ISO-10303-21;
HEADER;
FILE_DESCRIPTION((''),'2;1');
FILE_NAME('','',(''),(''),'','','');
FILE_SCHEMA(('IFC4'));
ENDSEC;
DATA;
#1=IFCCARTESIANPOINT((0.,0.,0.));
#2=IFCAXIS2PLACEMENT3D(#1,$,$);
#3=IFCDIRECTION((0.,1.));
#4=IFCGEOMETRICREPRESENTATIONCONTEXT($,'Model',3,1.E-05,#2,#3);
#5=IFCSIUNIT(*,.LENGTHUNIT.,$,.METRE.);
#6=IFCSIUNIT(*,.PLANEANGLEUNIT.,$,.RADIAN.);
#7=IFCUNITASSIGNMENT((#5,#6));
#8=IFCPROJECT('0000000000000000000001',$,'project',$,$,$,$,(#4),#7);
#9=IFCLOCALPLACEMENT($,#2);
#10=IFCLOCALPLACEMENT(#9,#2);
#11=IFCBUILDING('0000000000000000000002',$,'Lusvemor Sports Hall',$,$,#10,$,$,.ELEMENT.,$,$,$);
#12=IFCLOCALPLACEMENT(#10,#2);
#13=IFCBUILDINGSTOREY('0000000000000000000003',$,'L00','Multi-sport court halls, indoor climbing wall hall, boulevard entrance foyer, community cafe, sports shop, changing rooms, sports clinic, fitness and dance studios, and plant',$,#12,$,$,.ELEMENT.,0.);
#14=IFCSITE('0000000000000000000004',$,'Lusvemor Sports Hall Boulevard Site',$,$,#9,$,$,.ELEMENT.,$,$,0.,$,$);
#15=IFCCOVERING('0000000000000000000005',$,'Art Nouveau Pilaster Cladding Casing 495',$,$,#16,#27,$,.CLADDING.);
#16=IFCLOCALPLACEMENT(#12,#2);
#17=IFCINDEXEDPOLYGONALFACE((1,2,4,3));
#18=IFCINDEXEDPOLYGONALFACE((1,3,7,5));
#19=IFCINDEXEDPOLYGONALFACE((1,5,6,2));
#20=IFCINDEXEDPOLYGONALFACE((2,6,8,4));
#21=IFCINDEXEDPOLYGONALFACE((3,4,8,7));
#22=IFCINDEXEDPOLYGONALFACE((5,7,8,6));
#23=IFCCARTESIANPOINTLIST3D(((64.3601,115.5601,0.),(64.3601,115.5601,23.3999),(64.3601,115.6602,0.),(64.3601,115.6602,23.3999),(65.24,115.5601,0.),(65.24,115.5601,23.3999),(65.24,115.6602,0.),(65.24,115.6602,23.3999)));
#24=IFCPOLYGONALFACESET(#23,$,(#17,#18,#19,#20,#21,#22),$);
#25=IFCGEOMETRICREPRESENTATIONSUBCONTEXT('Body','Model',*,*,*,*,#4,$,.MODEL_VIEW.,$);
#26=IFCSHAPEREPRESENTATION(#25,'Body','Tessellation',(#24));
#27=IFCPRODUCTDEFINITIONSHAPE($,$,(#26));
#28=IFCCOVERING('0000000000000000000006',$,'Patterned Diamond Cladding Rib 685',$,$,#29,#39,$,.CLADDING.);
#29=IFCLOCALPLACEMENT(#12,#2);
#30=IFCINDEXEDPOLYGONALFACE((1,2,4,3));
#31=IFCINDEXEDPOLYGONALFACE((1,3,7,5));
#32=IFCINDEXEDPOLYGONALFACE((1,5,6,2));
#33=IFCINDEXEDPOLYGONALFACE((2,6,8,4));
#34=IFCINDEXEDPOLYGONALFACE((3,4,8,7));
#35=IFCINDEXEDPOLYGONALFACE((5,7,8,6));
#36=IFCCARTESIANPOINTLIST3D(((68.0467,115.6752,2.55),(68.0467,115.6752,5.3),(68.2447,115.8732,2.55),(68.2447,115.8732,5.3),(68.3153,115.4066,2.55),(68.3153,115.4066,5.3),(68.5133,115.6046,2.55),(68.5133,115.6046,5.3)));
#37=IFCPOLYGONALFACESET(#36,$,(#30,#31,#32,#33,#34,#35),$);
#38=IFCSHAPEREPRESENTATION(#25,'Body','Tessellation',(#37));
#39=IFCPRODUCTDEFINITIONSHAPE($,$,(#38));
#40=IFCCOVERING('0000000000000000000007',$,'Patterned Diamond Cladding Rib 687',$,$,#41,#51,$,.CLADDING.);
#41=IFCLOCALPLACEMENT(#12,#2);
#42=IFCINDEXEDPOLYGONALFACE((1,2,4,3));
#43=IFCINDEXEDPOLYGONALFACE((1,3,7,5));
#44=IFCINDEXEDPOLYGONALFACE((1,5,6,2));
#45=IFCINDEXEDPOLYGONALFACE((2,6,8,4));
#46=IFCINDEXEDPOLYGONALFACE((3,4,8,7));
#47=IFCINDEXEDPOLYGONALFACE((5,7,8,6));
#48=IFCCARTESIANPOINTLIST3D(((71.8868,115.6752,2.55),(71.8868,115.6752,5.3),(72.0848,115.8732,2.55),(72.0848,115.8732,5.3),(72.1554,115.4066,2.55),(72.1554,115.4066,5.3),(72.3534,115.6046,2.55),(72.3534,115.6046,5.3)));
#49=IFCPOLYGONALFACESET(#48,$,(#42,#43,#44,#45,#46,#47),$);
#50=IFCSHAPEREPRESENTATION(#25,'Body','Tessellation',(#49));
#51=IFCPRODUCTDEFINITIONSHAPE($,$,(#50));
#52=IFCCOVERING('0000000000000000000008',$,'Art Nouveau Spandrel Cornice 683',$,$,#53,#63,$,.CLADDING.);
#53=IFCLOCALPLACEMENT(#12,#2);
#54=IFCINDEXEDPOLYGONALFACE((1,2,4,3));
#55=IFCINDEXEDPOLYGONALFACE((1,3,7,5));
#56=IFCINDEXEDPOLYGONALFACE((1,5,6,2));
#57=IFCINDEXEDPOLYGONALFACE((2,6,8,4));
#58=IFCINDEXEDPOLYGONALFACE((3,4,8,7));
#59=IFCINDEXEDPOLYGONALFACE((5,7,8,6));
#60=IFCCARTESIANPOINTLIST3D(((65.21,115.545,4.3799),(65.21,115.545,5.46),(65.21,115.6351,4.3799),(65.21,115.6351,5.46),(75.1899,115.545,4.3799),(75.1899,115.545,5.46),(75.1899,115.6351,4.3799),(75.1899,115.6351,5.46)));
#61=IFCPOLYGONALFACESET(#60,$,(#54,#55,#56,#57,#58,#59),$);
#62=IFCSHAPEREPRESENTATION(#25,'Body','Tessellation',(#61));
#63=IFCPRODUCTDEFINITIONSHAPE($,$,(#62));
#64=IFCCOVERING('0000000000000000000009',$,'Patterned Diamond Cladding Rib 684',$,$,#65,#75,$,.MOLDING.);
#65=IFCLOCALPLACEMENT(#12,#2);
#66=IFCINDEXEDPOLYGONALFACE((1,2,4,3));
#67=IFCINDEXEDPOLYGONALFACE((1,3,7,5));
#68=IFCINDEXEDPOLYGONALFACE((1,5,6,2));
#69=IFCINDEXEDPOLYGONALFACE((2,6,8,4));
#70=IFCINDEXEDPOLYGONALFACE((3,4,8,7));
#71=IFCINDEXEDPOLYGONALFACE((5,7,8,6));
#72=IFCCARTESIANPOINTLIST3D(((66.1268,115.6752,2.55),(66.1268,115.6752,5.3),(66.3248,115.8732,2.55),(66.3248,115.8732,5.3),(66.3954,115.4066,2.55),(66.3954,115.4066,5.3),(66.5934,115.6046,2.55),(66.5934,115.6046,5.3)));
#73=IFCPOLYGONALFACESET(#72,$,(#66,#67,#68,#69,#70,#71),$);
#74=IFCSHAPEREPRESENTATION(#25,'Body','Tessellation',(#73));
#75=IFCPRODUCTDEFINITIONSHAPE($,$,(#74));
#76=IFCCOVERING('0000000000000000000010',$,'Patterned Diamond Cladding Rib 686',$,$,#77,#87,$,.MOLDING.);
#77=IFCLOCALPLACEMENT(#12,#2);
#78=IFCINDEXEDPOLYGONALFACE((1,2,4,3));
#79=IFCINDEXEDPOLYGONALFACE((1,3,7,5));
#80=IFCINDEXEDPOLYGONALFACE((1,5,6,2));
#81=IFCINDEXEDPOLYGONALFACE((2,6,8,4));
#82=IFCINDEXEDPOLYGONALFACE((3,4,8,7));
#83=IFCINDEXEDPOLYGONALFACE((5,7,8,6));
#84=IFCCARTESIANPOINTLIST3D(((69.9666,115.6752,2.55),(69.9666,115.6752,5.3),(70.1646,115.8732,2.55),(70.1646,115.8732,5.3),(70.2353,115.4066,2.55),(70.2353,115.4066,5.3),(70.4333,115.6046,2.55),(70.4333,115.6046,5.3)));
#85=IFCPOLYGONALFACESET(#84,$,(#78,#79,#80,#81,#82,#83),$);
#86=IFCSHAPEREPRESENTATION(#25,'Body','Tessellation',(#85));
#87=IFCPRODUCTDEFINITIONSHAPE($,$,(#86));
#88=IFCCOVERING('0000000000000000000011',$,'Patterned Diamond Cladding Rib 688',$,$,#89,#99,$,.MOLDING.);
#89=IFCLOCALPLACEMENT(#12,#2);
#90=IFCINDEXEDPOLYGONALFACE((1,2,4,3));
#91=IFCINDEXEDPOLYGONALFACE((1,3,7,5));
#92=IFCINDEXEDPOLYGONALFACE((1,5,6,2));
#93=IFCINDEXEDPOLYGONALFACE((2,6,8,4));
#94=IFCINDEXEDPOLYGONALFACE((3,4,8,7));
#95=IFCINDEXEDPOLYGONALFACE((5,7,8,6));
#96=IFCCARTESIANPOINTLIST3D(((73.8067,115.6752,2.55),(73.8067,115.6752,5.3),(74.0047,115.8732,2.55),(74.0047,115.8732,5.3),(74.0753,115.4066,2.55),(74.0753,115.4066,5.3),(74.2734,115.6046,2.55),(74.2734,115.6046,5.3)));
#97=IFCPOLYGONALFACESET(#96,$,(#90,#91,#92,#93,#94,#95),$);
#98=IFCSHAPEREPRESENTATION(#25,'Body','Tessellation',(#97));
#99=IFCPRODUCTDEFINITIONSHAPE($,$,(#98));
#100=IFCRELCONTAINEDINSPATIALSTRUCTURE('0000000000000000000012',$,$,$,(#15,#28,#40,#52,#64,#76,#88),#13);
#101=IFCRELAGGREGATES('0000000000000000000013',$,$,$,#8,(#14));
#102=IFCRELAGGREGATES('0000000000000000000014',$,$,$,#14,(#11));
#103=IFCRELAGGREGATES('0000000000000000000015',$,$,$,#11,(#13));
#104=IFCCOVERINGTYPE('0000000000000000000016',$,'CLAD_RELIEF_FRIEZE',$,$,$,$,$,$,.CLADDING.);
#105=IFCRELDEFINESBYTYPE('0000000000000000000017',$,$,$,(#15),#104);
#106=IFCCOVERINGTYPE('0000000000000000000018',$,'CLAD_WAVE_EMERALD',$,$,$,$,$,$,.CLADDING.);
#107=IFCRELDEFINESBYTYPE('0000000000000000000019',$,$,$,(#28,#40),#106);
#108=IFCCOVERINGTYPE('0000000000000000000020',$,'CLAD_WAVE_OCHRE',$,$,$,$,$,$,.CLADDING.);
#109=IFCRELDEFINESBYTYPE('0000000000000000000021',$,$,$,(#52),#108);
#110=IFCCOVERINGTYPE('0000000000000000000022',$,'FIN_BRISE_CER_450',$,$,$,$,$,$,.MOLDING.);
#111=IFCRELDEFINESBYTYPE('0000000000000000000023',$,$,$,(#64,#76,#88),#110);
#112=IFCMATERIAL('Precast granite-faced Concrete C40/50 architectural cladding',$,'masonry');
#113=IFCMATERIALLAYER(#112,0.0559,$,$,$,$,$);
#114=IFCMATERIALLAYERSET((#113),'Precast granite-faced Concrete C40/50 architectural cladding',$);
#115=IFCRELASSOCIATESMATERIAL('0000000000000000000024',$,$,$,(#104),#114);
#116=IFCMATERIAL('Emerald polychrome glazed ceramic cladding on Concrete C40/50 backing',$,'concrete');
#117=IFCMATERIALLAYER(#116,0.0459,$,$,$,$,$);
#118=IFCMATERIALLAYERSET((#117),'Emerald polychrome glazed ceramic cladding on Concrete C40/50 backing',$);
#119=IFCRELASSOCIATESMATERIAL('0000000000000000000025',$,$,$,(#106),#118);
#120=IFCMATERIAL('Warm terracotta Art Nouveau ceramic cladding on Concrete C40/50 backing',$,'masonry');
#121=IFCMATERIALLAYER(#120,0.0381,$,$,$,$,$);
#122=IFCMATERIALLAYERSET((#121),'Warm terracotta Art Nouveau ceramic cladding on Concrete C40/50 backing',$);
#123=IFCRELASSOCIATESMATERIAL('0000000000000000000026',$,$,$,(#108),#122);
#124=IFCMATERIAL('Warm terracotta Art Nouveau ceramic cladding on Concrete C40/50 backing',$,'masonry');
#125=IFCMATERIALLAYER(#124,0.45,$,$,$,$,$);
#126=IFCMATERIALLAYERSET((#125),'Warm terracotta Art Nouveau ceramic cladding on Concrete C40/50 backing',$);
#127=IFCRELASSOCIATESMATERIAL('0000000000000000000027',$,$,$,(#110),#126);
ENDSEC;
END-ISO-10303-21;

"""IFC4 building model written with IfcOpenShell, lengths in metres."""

from ifc_helpers import new_model, si_unit, direction, frame, origin, origin_2d, place, context, subcontext, project, spatial, rectangle, extrude, material, layer, layer_set, type_object, element, save


model = new_model("IFC4")

# Units and contexts
model_context = context("Model", 3, precision=1e-05, world=origin(), true_north=direction((0.0, 1.0)))
body_context = subcontext(model_context, "Body", "Model", "MODEL_VIEW")
ifc_project = project(units=[si_unit("LENGTHUNIT", "METRE"), si_unit("PLANEANGLEUNIT", "RADIAN")], contexts=[model_context])

# Site, building, storey
site_placement = place(None, origin())
site = spatial("IfcSite", under=ifc_project, at=site_placement, Name="Lusvemor Sports Hall Boulevard Site", CompositionType="ELEMENT", RefElevation=0.0)
building_placement = place(site_placement, origin())
building = spatial("IfcBuilding", under=site, at=building_placement, Name="Lusvemor Sports Hall", CompositionType="ELEMENT")
storey_placement = place(building_placement, origin())
storey = spatial("IfcBuildingStorey", under=building, at=storey_placement, Name="L00", Description="Multi-sport court halls, indoor climbing wall hall, boulevard entrance foyer, community cafe, sports shop, changing rooms, sports clinic, fitness and dance studios, and plant", CompositionType="ELEMENT", Elevation=0.0)

# Coverings
ifc_material_1 = material(Name="Precast granite-faced Concrete C40/50 architectural cladding", Category="masonry")
ifc_layer_1 = layer(ifc_material_1, 0.0559)
ifc_layer_set_1 = layer_set([ifc_layer_1], Name="Precast granite-faced Concrete C40/50 architectural cladding")
covering_type_1 = type_object("IfcCoveringType", Name="CLAD_RELIEF_FRIEZE", PredefinedType="CLADDING", material=ifc_layer_set_1)
covering_1_placement = place(storey_placement, frame((64.8, 115.6101, 0.0), z_axis=(0.0, 0.0, 1.0), x_axis=(1.0, 0.0, 0.0)))
element("IfcCovering", 1, at=covering_1_placement, inside=storey, type_object=covering_type_1, Name="Art Nouveau Pilaster Cladding Casing 495", PredefinedType="CLADDING", context=body_context, shape_type="SweptSolid", body=[
    extrude(rectangle(XDim=0.8799, YDim=0.1001, at=origin_2d()), origin(), (0.0, 0.0, 1.0), 23.3999),
])
ifc_material_2 = material(Name="Emerald polychrome glazed ceramic cladding on Concrete C40/50 backing", Category="concrete")
ifc_layer_2 = layer(ifc_material_2, 0.0459)
ifc_layer_set_2 = layer_set([ifc_layer_2], Name="Emerald polychrome glazed ceramic cladding on Concrete C40/50 backing")
covering_type_2 = type_object("IfcCoveringType", Name="CLAD_WAVE_EMERALD", PredefinedType="CLADDING", material=ifc_layer_set_2)
for number, where, z_axis, x_axis, name in (
    (2, (68.28, 115.6399, 2.55), (0.0, 0.0, 1.0), (0.707107, 0.707107, 0.0), "Patterned Diamond Cladding Rib 685"),
    (3, (72.1201, 115.6399, 2.55), (0.0, 0.0, 1.0), (0.707107, 0.707107, 0.0), "Patterned Diamond Cladding Rib 687"),
):
    element("IfcCovering", number, at=place(storey_placement, frame(where, z_axis=z_axis, x_axis=x_axis)), inside=storey, type_object=covering_type_2, Name=name, PredefinedType="CLADDING", context=body_context, shape_type="SweptSolid", body=[
        extrude(rectangle(XDim=0.28, YDim=0.3799, at=origin_2d()), origin(), (0.0, 0.0, 1.0), 2.75),
    ])
ifc_material_3 = material(Name="Warm terracotta Art Nouveau ceramic cladding on Concrete C40/50 backing", Category="masonry")
ifc_layer_3 = layer(ifc_material_3, 0.0381)
ifc_layer_set_3 = layer_set([ifc_layer_3], Name="Warm terracotta Art Nouveau ceramic cladding on Concrete C40/50 backing")
covering_type_3 = type_object("IfcCoveringType", Name="CLAD_WAVE_OCHRE", PredefinedType="CLADDING", material=ifc_layer_set_3)
covering_2_placement = place(storey_placement, frame((70.2, 115.5901, 4.3799), z_axis=(0.0, 0.0, 1.0), x_axis=(1.0, 0.0, 0.0)))
element("IfcCovering", 4, at=covering_2_placement, inside=storey, type_object=covering_type_3, Name="Art Nouveau Spandrel Cornice 683", PredefinedType="CLADDING", context=body_context, shape_type="SweptSolid", body=[
    extrude(rectangle(XDim=9.98, YDim=0.0901, at=origin_2d()), origin(), (0.0, 0.0, 1.0), 1.0801),
])
ifc_material_4 = material(Name="Warm terracotta Art Nouveau ceramic cladding on Concrete C40/50 backing", Category="masonry")
ifc_layer_4 = layer(ifc_material_4, 0.45)
ifc_layer_set_4 = layer_set([ifc_layer_4], Name="Warm terracotta Art Nouveau ceramic cladding on Concrete C40/50 backing")
covering_type_4 = type_object("IfcCoveringType", Name="FIN_BRISE_CER_450", PredefinedType="MOLDING", material=ifc_layer_set_4)
for number, where, z_axis, x_axis, name in (
    (5, (66.3601, 115.6399, 2.55), (0.0, 0.0, 1.0), (0.707107, 0.707107, 0.0), "Patterned Diamond Cladding Rib 684"),
    (6, (70.2, 115.6399, 2.55), (0.0, 0.0, 1.0), (0.707107, 0.707107, 0.0), "Patterned Diamond Cladding Rib 686"),
    (7, (74.04, 115.6399, 2.55), (0.0, 0.0, 1.0), (0.707107, 0.707107, 0.0), "Patterned Diamond Cladding Rib 688"),
):
    element("IfcCovering", number, at=place(storey_placement, frame(where, z_axis=z_axis, x_axis=x_axis)), inside=storey, type_object=covering_type_4, Name=name, PredefinedType="MOLDING", context=body_context, shape_type="SweptSolid", body=[
        extrude(rectangle(XDim=0.28, YDim=0.3799, at=origin_2d()), origin(), (0.0, 0.0, 1.0), 2.75),
    ])

save(model, "model.ifc")
